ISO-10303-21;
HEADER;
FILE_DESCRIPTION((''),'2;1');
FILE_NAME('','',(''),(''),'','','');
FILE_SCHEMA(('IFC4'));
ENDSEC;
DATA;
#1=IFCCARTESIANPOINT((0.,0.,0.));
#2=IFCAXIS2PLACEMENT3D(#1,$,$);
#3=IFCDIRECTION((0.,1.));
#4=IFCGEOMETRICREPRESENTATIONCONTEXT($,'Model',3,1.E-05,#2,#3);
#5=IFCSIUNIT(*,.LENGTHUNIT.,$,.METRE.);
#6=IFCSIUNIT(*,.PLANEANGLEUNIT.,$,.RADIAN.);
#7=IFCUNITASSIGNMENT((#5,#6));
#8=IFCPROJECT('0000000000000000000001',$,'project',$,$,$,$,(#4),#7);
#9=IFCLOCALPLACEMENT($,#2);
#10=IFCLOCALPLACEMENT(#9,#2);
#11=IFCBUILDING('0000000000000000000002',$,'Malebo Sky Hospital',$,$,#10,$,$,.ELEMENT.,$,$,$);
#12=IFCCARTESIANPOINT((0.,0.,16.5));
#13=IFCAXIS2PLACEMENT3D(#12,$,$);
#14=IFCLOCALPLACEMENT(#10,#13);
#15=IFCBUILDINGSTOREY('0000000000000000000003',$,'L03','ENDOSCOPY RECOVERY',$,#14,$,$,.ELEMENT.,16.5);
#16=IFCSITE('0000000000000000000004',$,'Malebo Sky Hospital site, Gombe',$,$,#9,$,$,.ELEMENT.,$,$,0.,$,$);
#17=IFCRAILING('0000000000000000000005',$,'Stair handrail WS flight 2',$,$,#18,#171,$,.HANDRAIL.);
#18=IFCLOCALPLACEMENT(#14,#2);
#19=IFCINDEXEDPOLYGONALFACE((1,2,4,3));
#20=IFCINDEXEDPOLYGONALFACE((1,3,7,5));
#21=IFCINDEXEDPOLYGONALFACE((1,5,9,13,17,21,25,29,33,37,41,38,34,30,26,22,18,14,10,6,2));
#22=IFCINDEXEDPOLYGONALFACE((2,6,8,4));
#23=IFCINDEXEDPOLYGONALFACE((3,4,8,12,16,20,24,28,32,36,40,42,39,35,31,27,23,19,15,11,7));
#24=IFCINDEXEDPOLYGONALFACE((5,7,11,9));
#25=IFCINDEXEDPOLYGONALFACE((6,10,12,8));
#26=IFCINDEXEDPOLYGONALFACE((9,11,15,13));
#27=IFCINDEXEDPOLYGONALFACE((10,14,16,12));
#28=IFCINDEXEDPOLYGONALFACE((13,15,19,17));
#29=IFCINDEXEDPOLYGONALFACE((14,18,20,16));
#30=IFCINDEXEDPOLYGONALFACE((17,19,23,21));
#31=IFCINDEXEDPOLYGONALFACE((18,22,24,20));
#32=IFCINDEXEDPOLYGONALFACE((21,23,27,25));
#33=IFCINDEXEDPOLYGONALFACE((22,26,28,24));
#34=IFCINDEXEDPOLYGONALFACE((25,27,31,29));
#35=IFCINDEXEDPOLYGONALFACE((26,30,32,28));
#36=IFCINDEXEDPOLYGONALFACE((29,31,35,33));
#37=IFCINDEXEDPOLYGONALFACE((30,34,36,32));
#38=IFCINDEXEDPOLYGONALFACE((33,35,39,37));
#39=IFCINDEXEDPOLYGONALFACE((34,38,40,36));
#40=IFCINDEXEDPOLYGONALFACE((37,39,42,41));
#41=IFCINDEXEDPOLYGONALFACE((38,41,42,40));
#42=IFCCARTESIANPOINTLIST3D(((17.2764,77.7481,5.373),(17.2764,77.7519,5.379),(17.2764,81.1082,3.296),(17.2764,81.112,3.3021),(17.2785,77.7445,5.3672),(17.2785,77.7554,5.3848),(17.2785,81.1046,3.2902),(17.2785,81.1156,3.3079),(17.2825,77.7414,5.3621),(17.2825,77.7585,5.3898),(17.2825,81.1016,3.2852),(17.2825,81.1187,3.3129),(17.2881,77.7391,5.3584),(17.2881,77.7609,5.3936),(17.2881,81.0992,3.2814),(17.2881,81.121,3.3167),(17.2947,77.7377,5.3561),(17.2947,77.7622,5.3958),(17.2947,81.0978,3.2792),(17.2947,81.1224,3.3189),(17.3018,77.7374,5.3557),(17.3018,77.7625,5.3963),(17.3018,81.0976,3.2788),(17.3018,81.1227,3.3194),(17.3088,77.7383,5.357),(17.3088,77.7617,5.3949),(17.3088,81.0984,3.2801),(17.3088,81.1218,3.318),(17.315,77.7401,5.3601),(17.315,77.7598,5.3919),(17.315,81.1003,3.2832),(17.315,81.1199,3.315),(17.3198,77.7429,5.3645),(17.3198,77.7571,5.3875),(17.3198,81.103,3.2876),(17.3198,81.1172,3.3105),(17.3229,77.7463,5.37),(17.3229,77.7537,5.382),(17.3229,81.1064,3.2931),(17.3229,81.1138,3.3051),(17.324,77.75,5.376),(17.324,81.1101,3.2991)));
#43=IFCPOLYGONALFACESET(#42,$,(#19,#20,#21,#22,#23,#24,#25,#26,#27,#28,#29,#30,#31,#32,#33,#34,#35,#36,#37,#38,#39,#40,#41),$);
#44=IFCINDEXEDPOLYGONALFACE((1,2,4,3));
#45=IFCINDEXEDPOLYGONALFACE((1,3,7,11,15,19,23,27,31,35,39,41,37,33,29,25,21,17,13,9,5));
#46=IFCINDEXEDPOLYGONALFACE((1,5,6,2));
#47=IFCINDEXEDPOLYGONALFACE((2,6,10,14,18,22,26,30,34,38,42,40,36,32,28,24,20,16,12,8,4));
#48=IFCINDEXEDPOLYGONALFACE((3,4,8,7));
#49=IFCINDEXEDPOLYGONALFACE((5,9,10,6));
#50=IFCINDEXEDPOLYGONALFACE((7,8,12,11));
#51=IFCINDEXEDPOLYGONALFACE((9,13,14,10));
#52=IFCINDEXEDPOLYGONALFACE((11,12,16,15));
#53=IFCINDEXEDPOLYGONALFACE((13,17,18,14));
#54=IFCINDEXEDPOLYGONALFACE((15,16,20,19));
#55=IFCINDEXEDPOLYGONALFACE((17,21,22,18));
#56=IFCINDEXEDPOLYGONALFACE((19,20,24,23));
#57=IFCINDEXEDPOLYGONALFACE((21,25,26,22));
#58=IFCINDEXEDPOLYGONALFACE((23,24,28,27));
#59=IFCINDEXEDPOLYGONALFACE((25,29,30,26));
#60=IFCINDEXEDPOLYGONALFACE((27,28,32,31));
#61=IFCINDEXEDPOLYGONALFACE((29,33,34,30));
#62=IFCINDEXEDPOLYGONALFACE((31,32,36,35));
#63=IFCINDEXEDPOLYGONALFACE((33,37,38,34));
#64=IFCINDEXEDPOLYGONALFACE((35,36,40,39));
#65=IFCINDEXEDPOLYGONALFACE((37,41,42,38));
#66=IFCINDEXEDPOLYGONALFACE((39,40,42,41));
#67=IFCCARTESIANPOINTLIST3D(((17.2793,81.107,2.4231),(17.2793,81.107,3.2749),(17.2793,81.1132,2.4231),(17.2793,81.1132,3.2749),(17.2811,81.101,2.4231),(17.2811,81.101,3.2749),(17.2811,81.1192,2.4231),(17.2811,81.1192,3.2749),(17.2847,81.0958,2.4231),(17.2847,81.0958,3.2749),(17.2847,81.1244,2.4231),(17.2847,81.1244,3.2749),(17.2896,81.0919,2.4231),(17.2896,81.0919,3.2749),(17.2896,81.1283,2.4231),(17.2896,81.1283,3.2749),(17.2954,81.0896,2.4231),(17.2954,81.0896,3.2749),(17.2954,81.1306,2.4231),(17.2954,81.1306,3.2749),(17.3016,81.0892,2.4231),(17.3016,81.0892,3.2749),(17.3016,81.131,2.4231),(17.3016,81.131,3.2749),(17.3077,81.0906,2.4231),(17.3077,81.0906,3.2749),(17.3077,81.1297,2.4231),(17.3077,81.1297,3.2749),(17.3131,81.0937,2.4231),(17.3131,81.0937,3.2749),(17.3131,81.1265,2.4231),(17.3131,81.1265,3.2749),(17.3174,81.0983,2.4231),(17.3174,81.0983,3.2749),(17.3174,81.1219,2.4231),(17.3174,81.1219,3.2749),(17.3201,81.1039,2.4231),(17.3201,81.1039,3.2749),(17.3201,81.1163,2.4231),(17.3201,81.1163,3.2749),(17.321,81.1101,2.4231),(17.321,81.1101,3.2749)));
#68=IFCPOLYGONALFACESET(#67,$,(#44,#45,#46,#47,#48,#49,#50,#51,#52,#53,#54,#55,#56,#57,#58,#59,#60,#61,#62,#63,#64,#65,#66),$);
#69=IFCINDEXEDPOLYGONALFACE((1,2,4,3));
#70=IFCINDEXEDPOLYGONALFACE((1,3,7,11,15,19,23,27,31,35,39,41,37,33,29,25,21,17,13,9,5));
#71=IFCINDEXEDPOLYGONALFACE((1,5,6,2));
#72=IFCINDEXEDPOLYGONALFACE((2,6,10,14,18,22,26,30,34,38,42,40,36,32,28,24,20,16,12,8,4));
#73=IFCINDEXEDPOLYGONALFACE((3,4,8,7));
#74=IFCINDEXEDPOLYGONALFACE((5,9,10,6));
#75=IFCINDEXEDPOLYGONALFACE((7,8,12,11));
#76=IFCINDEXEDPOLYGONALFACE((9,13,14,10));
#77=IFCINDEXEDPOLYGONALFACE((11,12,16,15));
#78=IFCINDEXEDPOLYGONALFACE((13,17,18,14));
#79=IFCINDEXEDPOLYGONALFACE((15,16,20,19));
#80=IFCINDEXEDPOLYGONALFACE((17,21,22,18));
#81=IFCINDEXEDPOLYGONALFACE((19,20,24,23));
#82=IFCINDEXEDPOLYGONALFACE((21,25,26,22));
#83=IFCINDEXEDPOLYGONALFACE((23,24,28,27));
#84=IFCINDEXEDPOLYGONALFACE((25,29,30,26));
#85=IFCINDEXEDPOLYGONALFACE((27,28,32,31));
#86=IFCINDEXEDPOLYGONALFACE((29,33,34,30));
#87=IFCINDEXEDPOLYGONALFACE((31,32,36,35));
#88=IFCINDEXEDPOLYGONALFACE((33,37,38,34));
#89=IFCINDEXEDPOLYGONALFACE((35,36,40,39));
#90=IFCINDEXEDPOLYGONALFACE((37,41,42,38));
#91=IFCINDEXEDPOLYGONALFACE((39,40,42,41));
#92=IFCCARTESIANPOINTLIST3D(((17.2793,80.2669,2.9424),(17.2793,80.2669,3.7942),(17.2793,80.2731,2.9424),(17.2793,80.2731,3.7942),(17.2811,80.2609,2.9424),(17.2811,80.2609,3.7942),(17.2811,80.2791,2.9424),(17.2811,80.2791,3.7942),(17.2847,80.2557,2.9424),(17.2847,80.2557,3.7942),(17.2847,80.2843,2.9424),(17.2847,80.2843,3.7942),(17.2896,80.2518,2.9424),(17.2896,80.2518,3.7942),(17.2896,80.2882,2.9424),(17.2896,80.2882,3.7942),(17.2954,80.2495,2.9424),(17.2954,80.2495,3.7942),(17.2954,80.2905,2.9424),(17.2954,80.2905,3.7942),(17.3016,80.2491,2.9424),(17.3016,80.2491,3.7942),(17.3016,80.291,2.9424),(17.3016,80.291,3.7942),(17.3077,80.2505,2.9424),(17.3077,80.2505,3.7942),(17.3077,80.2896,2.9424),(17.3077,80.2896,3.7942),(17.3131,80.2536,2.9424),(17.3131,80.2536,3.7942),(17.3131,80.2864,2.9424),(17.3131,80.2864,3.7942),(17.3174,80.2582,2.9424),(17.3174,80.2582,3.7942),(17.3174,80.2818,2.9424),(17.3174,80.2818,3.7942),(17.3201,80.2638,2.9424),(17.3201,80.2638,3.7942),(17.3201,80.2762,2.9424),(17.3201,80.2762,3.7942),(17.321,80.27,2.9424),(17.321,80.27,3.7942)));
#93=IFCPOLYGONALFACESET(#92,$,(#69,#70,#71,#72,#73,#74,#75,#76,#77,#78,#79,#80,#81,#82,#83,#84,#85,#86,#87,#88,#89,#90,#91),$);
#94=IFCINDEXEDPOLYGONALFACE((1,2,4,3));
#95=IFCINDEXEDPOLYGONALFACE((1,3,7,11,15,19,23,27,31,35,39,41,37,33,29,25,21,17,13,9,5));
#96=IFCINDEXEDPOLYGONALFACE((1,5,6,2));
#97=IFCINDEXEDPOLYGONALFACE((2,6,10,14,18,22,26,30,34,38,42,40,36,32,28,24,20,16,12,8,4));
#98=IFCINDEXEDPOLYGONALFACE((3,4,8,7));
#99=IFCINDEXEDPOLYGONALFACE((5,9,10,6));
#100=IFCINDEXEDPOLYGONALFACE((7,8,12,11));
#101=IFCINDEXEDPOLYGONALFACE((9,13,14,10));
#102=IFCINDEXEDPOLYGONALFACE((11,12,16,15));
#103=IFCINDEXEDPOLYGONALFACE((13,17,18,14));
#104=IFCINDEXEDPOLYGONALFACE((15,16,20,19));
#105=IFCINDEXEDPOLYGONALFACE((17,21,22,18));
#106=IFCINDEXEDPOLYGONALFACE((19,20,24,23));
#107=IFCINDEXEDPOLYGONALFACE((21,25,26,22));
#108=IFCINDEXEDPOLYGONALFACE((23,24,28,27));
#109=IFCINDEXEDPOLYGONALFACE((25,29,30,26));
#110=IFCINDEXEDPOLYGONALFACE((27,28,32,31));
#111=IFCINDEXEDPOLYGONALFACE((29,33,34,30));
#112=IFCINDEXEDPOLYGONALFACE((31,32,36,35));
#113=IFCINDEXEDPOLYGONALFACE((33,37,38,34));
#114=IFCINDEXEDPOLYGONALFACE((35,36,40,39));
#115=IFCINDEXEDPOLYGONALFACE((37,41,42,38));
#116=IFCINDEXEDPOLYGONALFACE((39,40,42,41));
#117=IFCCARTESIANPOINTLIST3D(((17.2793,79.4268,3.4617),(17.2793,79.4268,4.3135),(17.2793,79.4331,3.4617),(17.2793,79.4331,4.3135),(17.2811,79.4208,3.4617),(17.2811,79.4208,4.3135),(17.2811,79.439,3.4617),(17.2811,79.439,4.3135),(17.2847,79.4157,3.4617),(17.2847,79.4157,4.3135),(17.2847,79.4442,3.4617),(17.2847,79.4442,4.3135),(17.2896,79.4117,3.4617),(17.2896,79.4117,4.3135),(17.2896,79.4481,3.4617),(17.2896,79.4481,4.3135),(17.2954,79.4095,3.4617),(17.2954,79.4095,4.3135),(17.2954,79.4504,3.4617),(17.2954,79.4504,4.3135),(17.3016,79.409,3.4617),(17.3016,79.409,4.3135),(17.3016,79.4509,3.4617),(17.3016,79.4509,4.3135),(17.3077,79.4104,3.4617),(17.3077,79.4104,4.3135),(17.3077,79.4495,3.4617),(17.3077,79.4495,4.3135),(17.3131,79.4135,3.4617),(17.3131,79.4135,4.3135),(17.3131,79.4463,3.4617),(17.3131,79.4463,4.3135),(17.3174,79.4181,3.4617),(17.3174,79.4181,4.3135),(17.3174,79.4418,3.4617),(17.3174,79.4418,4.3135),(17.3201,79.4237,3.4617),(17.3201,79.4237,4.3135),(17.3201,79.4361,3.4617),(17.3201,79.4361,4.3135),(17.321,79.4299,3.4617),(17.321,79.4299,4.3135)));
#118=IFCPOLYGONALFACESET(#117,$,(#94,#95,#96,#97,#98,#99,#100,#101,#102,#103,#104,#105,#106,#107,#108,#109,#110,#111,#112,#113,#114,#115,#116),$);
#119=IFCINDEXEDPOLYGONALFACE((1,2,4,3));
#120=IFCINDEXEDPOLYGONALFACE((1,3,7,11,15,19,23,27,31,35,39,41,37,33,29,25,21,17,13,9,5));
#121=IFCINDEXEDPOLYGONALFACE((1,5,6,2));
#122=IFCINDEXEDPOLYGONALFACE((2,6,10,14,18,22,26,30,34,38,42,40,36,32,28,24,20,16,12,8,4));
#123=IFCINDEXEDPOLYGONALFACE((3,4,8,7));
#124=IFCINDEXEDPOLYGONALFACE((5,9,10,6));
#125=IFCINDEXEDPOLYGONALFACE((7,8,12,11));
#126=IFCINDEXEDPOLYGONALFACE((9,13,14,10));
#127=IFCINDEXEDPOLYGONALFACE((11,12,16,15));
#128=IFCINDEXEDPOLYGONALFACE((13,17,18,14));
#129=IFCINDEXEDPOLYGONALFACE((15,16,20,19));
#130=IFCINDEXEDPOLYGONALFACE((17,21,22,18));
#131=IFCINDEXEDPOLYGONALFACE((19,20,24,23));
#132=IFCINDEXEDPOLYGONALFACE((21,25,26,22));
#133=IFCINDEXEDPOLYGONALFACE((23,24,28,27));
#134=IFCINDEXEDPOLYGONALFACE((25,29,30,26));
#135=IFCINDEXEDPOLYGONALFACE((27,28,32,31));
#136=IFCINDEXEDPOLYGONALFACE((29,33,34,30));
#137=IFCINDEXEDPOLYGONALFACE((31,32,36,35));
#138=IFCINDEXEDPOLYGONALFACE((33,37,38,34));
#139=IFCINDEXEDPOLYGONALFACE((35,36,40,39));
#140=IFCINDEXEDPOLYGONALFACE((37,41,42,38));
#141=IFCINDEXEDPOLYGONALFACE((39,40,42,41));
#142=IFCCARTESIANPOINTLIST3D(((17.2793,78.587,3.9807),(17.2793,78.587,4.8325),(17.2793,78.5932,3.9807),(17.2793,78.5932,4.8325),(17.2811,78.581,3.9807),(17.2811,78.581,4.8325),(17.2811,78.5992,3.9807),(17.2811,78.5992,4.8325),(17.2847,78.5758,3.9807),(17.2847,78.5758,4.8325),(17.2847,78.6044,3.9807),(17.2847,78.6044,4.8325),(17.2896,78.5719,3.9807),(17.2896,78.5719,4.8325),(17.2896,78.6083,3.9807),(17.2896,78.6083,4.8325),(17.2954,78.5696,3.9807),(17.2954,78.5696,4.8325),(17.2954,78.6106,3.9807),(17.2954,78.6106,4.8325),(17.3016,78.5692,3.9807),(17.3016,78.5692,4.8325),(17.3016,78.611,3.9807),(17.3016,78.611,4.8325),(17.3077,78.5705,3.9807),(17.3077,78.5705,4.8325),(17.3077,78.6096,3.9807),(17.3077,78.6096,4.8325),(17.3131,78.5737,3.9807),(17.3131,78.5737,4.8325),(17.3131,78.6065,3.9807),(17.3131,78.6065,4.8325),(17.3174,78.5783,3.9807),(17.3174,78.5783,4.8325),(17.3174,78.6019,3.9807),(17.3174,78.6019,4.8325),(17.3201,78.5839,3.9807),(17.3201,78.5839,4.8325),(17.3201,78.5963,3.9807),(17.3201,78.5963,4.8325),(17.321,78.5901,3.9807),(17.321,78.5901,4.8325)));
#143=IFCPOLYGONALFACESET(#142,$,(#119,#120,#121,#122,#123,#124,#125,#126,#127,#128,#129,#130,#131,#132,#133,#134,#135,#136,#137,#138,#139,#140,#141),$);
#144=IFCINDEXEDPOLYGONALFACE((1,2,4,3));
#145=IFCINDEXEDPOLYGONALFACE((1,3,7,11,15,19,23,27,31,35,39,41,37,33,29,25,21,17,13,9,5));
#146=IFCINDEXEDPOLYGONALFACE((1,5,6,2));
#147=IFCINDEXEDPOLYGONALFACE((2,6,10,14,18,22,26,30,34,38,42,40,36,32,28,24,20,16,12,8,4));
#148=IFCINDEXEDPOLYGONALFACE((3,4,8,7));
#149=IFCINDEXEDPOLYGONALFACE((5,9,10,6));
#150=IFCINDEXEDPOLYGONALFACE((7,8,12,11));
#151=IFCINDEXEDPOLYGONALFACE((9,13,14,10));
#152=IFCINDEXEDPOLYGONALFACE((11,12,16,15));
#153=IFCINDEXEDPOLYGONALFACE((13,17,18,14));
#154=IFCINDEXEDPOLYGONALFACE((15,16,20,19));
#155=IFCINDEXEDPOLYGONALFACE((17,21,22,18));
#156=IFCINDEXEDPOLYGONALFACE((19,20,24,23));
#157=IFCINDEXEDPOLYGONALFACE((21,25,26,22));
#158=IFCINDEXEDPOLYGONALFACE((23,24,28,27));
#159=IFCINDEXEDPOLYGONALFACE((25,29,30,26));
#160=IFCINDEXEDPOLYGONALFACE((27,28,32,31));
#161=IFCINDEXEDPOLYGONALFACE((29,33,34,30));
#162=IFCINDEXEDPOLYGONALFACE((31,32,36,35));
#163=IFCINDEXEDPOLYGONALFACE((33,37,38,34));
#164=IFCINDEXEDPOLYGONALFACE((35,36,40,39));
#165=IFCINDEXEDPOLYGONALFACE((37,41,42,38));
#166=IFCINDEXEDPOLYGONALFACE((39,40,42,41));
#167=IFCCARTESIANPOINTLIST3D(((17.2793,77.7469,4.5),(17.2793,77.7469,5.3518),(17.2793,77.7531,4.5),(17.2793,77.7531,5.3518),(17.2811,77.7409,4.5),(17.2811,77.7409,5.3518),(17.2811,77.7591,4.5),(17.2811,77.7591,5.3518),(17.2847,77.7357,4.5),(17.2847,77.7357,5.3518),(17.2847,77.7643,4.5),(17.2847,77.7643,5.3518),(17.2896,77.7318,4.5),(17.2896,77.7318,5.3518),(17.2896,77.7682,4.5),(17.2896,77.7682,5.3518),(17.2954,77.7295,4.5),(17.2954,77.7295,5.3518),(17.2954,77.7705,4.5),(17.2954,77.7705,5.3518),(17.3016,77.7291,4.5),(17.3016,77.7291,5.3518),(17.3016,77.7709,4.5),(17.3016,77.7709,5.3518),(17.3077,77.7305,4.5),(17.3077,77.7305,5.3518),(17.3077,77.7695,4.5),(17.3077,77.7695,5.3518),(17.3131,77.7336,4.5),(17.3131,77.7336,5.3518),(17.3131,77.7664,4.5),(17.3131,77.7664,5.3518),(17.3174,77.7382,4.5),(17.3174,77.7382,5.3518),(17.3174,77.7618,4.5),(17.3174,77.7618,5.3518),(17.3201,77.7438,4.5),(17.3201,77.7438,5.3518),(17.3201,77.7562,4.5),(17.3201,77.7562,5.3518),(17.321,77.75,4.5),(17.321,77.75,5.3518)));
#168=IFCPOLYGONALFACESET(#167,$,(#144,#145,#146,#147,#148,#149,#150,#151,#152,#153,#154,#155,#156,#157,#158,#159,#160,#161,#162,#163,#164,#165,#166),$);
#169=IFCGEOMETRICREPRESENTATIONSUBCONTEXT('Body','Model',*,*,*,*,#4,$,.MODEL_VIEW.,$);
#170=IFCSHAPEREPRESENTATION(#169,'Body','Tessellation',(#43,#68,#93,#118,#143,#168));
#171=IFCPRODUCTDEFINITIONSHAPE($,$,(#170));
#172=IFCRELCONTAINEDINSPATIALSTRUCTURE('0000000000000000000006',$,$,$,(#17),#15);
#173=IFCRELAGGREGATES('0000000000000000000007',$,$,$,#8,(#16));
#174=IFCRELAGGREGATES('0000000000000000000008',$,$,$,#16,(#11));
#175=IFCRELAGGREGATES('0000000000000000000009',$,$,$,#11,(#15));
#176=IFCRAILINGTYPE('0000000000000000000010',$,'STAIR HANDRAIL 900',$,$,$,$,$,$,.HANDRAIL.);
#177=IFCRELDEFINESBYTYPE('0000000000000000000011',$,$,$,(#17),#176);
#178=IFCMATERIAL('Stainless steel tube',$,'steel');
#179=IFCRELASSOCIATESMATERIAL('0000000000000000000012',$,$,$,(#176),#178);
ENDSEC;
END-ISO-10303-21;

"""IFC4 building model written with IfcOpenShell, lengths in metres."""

from ifc_helpers import new_model, si_unit, direction, frame, origin, origin_2d, place, context, subcontext, project, spatial, circle, extrude, material, type_object, element, save


model = new_model("IFC4")

# Units and contexts
model_context = context("Model", 3, precision=1e-05, world=origin(), true_north=direction((0.0, 1.0)))
body_context = subcontext(model_context, "Body", "Model", "MODEL_VIEW")
ifc_project = project(units=[si_unit("LENGTHUNIT", "METRE"), si_unit("PLANEANGLEUNIT", "RADIAN")], contexts=[model_context])

# Site, building, storey
site_placement = place(None, origin())
site = spatial("IfcSite", under=ifc_project, at=site_placement, Name="Malebo Sky Hospital site, Gombe", CompositionType="ELEMENT", RefElevation=0.0)
building_placement = place(site_placement, origin())
building = spatial("IfcBuilding", under=site, at=building_placement, Name="Malebo Sky Hospital", CompositionType="ELEMENT")
storey_placement = place(building_placement, frame((0.0, 0.0, 16.5)))
storey = spatial("IfcBuildingStorey", under=building, at=storey_placement, Name="L03", Description="ENDOSCOPY RECOVERY", CompositionType="ELEMENT", Elevation=16.5)

# Railing
ifc_material_1 = material(Name="Stainless steel tube", Category="steel")
railing_type = type_object("IfcRailingType", Name="STAIR HANDRAIL 900", PredefinedType="HANDRAIL", material=ifc_material_1)
railing_placement = place(storey_placement, frame((17.3, 81.1101, 2.4231)))
element("IfcRailing", 1, at=railing_placement, inside=storey, type_object=railing_type, Name="Stair handrail WS flight 2", PredefinedType="HANDRAIL", context=body_context, shape_type="SweptSolid", body=[
    extrude(circle(Radius=0.0239, at=origin_2d()), frame((0.0, 0.0, 0.876), z_axis=(0.0, -0.850623, 0.525776), x_axis=(1.0, 0.0, 0.0)), (0.0, 0.0, 1.0), 3.9502),
    extrude(circle(Radius=0.021, at=origin_2d()), origin(), (0.0, 0.0, 1.0), 0.8518),
    extrude(circle(Radius=0.021, at=origin_2d()), frame((0.0, -0.8401, 0.5193)), (0.0, 0.0, 1.0), 0.8518),
    extrude(circle(Radius=0.021, at=origin_2d()), frame((0.0, -1.6802, 1.0386)), (0.0, 0.0, 1.0), 0.8518),
    extrude(circle(Radius=0.021, at=origin_2d()), frame((0.0, -2.52, 1.5576)), (0.0, 0.0, 1.0), 0.8518),
    extrude(circle(Radius=0.021, at=origin_2d()), frame((0.0, -3.3601, 2.0769)), (0.0, 0.0, 1.0), 0.8518),
])

save(model, "model.ifc")
